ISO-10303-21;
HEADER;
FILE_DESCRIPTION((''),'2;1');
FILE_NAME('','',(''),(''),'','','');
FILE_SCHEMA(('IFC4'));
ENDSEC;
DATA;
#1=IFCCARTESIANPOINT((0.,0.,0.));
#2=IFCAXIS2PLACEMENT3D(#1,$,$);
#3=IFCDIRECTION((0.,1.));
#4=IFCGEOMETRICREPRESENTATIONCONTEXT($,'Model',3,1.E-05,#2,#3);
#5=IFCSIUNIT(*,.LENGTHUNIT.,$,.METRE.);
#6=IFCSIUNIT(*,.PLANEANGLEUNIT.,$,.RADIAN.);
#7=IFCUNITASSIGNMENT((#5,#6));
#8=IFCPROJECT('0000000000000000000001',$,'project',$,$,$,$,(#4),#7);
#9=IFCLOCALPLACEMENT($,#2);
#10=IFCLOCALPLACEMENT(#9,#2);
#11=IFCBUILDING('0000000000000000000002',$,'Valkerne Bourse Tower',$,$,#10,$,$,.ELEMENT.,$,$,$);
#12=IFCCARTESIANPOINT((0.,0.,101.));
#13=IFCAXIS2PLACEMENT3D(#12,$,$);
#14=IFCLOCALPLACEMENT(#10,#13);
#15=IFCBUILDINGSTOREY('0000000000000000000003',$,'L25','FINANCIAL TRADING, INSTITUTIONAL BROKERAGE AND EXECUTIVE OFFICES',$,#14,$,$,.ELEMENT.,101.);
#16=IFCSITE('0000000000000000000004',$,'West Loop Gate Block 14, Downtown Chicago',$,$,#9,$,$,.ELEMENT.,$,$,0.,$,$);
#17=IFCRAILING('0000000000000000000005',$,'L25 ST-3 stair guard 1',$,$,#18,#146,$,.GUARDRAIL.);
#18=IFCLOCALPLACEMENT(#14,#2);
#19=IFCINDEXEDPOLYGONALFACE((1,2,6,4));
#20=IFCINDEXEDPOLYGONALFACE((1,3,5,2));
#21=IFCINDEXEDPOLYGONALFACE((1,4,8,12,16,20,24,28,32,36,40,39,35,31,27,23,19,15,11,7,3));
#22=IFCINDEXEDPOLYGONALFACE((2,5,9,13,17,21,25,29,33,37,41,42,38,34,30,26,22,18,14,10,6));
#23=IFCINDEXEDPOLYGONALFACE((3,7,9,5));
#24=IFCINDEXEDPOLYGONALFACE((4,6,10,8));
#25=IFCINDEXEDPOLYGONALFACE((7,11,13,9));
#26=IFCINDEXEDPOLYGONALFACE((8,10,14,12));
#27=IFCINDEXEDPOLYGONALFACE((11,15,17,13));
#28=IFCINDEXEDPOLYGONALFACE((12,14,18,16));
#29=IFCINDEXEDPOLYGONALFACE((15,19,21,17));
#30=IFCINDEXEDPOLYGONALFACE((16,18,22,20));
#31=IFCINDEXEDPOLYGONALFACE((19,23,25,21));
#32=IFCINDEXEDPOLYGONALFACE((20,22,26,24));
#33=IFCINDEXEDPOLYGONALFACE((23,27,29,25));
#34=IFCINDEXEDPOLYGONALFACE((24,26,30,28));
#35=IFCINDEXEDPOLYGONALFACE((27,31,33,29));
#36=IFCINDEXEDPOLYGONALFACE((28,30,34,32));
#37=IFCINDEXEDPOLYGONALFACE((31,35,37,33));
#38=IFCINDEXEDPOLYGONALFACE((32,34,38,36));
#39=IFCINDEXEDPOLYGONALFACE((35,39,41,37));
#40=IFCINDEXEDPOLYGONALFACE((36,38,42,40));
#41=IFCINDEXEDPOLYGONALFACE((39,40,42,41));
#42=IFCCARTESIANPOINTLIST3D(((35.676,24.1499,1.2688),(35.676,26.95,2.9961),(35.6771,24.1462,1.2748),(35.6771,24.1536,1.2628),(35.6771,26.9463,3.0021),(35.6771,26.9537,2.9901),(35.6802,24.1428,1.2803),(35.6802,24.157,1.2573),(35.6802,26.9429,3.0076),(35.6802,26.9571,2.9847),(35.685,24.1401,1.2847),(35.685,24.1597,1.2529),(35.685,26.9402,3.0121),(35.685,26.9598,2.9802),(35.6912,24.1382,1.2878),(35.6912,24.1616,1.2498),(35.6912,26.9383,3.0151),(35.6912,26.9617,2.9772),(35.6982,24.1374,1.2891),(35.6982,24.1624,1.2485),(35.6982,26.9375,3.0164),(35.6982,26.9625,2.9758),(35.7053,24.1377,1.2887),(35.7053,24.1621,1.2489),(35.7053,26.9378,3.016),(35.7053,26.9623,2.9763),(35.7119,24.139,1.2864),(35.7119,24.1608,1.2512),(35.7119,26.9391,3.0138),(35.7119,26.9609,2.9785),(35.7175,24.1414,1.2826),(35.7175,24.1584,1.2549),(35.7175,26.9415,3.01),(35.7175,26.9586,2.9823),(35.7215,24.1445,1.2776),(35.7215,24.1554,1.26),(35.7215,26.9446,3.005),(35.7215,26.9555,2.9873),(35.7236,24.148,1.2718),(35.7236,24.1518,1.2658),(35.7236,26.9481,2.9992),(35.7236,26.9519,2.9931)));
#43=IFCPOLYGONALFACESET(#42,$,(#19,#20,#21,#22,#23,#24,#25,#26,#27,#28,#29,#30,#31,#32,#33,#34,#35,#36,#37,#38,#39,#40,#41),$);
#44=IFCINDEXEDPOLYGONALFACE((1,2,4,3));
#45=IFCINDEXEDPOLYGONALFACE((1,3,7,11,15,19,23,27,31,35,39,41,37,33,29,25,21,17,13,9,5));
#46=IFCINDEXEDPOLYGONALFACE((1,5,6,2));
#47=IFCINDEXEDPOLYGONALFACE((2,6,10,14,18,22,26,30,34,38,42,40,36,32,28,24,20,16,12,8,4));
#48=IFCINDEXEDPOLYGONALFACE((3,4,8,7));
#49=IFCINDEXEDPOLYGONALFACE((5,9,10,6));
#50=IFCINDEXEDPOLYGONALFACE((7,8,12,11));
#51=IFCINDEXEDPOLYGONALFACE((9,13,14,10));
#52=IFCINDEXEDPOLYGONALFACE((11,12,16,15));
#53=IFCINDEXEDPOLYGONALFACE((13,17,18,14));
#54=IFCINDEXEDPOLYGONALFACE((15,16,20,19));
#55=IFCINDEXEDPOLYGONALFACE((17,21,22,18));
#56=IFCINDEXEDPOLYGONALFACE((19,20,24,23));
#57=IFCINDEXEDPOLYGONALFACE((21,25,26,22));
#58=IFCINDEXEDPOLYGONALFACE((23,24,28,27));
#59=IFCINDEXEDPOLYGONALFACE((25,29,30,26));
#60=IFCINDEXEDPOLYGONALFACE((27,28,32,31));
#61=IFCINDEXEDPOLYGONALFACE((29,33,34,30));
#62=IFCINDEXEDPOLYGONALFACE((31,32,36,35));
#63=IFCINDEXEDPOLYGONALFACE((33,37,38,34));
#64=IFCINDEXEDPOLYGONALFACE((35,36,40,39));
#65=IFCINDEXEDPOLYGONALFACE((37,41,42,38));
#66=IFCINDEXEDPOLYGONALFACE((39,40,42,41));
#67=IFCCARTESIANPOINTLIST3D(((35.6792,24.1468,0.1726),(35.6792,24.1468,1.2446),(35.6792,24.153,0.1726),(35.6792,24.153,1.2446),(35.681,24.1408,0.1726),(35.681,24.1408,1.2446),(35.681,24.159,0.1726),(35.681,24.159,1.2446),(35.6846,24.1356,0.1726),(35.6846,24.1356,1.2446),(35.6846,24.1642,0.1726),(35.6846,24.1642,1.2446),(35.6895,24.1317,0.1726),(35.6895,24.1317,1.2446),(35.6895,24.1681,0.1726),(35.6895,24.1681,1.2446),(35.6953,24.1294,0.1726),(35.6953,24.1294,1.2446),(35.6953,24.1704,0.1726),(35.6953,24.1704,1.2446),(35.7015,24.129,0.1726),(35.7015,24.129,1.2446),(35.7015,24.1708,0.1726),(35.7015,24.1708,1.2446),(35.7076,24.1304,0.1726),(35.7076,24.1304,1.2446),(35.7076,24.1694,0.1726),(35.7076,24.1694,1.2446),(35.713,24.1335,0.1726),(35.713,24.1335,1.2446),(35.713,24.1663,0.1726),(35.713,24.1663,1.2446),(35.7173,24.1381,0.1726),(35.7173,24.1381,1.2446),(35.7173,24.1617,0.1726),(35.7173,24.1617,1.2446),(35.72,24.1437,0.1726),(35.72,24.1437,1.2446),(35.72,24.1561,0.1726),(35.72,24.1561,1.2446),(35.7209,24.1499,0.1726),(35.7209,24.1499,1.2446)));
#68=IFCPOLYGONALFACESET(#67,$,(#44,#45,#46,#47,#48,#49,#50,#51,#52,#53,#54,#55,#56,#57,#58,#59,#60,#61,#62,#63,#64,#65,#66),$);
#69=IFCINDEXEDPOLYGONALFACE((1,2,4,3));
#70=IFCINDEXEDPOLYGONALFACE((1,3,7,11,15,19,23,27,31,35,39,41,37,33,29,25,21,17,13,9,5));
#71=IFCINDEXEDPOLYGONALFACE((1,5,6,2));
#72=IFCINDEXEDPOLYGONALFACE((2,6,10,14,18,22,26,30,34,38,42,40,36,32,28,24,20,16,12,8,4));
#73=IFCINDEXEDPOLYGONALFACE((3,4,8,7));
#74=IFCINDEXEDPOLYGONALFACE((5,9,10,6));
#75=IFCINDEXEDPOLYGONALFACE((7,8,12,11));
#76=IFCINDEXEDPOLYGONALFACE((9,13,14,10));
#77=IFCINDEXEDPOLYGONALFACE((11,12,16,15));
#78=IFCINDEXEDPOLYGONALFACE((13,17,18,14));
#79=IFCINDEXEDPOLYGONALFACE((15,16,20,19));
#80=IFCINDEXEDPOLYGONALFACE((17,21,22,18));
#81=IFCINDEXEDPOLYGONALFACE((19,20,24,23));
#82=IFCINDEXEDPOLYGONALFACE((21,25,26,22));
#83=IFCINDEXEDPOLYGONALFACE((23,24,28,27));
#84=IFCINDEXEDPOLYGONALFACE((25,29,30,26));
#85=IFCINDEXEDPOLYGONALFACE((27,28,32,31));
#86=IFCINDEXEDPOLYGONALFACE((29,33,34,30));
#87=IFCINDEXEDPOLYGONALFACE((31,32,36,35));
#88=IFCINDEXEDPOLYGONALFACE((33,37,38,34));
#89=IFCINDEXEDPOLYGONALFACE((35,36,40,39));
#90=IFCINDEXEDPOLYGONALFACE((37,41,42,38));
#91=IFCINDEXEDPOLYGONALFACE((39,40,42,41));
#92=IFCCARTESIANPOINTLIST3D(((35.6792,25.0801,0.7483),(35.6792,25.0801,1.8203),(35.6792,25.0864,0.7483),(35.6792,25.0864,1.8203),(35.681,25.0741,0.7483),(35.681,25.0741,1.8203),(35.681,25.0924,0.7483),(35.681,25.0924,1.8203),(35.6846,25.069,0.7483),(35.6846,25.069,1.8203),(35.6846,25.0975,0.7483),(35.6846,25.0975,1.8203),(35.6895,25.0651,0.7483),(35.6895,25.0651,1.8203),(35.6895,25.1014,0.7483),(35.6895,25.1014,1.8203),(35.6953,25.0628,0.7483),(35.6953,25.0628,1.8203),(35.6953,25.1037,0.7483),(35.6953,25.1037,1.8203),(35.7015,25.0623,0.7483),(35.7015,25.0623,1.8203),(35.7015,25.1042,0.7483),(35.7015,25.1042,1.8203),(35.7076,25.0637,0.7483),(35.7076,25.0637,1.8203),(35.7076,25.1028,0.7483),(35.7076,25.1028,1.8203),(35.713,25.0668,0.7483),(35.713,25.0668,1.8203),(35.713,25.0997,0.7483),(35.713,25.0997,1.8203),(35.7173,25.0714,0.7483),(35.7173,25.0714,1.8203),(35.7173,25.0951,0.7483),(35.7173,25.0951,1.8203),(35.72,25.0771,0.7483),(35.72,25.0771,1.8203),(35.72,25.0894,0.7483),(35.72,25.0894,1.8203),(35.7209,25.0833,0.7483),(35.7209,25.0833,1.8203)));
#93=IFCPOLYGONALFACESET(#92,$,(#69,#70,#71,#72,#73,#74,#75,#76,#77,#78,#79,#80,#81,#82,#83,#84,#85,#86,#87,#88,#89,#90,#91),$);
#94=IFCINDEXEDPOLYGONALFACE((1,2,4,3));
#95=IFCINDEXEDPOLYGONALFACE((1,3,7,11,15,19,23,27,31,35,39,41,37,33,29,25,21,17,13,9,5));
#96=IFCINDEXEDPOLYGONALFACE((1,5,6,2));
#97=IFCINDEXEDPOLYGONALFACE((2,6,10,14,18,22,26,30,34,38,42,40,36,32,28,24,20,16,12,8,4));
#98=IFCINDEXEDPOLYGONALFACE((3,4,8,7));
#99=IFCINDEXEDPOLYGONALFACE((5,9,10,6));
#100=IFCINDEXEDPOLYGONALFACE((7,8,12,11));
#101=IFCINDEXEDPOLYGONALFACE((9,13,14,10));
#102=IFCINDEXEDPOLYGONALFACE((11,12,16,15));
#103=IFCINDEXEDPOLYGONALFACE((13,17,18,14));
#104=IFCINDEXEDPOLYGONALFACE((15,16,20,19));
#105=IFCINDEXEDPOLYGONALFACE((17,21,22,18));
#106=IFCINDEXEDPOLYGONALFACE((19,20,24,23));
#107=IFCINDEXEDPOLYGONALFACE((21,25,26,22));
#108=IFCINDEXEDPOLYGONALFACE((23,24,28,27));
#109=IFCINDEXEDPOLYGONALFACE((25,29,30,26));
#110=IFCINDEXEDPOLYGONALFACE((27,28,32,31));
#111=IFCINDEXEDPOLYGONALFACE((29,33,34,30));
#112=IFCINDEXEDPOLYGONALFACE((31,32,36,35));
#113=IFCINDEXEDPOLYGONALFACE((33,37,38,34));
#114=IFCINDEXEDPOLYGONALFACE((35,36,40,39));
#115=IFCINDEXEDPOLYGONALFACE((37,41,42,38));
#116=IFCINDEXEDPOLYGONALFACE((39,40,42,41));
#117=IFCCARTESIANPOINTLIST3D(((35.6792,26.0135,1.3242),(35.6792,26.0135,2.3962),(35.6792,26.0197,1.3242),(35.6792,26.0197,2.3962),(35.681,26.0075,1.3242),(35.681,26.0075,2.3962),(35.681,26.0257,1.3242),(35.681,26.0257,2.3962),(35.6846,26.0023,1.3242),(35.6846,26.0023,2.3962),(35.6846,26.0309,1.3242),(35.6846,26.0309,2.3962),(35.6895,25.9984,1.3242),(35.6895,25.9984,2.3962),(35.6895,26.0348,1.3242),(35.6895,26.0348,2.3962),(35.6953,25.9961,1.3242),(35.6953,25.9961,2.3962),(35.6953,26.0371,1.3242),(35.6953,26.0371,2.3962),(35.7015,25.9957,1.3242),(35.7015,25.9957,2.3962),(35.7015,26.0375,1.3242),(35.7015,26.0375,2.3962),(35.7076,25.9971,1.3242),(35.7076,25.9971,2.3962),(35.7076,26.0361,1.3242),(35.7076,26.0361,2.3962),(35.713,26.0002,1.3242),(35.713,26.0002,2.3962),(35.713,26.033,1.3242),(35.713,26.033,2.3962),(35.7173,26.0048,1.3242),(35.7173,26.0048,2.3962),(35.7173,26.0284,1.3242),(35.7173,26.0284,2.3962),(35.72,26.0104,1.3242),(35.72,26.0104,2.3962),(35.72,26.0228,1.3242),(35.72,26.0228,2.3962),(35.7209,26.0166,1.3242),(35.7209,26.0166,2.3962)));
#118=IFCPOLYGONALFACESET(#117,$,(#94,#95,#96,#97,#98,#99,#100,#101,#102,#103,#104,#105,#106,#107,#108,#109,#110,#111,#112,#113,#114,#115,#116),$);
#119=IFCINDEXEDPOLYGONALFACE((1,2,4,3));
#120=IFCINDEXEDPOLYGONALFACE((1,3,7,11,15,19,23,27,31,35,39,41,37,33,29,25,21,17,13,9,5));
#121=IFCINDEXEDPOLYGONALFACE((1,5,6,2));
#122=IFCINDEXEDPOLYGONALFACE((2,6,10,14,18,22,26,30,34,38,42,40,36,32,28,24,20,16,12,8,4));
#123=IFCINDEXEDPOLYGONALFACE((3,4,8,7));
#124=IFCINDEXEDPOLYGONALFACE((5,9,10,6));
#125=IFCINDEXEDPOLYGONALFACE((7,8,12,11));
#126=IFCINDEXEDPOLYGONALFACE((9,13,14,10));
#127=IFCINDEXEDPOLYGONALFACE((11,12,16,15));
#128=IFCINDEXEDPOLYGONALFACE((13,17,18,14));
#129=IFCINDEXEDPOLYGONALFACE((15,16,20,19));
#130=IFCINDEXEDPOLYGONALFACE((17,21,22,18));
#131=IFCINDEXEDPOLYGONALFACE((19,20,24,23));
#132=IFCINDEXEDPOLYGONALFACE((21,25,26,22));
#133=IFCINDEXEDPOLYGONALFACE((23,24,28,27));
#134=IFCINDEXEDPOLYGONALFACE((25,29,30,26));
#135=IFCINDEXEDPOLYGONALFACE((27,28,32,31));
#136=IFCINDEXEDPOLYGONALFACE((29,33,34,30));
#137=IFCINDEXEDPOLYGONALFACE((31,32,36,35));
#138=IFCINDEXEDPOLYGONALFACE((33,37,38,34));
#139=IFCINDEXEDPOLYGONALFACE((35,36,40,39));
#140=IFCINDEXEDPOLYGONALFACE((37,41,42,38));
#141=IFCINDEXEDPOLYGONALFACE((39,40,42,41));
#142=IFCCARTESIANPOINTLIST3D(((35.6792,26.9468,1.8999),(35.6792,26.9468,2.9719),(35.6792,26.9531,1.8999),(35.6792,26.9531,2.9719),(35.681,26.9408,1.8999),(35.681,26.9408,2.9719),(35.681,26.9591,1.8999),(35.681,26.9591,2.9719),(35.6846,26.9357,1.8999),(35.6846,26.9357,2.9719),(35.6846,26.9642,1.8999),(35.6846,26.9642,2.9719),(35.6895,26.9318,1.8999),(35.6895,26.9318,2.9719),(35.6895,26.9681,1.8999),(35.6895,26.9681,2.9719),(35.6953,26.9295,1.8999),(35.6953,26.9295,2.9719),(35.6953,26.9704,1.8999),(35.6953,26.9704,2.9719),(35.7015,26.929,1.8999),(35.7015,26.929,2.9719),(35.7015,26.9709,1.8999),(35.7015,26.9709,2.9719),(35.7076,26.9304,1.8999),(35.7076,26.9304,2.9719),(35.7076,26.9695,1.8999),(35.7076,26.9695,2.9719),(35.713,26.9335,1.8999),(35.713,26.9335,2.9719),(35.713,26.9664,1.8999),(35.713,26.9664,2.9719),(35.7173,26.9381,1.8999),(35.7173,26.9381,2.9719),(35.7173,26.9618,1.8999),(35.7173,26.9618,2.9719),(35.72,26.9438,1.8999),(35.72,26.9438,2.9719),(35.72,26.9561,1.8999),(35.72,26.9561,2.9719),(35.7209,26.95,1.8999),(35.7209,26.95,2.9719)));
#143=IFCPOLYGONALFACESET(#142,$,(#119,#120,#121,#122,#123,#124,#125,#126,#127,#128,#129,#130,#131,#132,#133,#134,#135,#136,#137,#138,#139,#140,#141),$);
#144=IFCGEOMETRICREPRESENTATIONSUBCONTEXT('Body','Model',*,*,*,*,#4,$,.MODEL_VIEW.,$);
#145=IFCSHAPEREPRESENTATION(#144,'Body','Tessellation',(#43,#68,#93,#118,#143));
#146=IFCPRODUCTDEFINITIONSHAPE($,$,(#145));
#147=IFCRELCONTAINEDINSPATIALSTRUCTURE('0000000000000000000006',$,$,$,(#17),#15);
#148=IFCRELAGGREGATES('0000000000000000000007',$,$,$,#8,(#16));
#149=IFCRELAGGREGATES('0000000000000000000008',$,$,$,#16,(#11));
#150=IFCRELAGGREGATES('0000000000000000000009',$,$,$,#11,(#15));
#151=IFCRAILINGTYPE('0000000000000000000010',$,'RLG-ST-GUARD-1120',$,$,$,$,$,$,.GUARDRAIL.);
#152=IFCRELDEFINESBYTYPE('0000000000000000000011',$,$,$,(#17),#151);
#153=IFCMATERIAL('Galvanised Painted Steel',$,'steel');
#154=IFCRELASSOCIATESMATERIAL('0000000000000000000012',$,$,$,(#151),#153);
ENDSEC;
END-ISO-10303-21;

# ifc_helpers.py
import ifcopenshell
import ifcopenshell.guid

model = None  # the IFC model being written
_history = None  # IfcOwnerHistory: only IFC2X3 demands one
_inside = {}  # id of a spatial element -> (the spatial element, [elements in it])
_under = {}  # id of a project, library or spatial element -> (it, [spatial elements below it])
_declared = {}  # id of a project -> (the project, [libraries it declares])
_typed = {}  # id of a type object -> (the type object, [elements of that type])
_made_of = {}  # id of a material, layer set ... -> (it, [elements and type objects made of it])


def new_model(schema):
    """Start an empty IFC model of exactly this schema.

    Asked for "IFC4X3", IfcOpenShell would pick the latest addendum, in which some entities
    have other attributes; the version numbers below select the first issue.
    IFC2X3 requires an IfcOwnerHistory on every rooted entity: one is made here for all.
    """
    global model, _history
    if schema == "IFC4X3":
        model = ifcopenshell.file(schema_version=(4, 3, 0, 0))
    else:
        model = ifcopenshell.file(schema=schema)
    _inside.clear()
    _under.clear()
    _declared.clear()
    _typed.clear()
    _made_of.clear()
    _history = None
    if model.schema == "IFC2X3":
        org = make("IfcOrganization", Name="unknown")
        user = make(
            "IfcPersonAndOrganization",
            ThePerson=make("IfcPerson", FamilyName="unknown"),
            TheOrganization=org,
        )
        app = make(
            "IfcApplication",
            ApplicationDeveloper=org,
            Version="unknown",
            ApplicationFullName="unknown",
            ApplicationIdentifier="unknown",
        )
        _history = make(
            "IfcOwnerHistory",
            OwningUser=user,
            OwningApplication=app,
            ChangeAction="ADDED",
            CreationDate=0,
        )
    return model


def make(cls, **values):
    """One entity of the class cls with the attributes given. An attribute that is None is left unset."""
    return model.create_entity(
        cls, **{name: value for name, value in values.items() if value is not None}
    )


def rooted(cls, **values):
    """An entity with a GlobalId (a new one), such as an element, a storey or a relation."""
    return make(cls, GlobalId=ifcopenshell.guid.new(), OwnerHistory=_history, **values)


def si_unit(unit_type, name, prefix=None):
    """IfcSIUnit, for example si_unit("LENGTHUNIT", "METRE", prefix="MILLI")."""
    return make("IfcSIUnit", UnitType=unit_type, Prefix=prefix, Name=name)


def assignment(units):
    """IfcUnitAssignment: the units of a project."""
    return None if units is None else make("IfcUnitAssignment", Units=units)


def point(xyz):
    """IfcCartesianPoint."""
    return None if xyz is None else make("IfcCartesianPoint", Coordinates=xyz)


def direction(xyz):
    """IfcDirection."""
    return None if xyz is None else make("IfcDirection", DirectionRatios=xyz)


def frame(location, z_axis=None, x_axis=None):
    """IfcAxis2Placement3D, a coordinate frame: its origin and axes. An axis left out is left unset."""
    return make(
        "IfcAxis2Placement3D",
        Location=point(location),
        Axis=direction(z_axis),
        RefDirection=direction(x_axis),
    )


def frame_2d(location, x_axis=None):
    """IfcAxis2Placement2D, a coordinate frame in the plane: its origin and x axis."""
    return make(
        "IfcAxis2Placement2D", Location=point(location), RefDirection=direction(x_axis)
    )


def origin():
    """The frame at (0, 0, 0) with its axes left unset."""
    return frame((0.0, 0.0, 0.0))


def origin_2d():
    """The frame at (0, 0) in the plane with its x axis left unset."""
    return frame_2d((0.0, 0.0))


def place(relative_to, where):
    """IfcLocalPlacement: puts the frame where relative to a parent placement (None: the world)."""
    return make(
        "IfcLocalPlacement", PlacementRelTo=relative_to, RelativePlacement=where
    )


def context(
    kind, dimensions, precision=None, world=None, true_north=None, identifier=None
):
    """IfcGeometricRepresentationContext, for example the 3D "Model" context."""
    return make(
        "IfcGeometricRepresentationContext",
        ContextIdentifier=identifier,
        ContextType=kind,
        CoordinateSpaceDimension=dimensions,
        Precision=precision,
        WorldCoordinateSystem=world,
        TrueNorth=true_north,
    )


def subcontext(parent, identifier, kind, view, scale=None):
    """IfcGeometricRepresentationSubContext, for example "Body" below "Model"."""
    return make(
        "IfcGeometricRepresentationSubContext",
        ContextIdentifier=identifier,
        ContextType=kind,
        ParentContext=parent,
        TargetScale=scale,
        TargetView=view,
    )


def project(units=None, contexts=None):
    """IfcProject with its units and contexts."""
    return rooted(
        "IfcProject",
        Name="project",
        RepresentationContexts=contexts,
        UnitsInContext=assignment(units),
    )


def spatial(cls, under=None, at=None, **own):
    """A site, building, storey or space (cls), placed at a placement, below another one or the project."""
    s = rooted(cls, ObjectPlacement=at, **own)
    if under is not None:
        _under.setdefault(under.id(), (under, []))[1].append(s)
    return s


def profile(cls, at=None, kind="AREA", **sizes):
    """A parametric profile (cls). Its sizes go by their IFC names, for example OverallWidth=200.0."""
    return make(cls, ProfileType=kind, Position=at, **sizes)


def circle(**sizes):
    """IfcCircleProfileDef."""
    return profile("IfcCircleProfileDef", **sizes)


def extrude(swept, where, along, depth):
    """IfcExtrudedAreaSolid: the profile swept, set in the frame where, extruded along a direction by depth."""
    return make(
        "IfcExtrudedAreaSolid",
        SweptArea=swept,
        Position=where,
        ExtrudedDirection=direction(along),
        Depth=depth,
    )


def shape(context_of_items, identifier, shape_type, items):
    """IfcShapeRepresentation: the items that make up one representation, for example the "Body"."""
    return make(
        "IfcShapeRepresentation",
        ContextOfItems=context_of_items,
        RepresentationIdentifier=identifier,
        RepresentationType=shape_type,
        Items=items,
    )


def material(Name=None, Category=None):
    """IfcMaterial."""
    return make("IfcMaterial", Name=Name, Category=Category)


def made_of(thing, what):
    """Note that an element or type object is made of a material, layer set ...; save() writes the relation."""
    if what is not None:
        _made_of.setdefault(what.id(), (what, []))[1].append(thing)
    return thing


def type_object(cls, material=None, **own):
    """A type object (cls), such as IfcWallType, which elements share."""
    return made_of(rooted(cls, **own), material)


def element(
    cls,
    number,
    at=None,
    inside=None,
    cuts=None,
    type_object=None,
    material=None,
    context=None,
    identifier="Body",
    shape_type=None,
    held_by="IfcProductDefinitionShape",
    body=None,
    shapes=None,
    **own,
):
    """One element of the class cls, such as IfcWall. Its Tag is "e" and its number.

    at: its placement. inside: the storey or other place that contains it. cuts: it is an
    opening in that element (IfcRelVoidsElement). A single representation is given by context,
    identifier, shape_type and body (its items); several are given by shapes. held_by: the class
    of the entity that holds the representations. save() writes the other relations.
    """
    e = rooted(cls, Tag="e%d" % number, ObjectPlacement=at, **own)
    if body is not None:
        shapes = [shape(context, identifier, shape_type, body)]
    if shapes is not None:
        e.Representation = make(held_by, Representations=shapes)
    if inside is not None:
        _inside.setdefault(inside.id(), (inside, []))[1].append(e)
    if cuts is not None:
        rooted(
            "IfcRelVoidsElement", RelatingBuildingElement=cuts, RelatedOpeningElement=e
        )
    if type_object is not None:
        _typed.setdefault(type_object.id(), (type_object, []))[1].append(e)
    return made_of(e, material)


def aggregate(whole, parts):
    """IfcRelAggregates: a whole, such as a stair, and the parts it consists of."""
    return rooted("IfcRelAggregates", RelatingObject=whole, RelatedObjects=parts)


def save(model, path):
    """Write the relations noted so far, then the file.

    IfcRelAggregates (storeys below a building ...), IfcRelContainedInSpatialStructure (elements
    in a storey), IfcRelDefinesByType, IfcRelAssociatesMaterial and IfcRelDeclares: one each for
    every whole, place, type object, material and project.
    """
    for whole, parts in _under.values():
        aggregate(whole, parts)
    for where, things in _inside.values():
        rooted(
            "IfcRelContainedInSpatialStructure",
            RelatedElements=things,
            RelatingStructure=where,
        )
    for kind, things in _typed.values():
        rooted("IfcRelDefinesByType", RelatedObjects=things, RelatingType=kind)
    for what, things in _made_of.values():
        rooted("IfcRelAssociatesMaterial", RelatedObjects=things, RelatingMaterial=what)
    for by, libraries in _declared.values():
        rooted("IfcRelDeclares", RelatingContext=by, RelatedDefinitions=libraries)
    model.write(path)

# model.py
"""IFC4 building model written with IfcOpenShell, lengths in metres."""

from ifc_helpers import new_model, si_unit, direction, frame, origin, origin_2d, place, context, subcontext, project, spatial, circle, extrude, material, type_object, element, save


model = new_model("IFC4")

# Units and contexts
model_context = context("Model", 3, precision=1e-05, world=origin(), true_north=direction((0.0, 1.0)))
body_context = subcontext(model_context, "Body", "Model", "MODEL_VIEW")
ifc_project = project(units=[si_unit("LENGTHUNIT", "METRE"), si_unit("PLANEANGLEUNIT", "RADIAN")], contexts=[model_context])

# Site, building, storey
site_placement = place(None, origin())
site = spatial("IfcSite", under=ifc_project, at=site_placement, Name="West Loop Gate Block 14, Downtown Chicago", CompositionType="ELEMENT", RefElevation=0.0)
building_placement = place(site_placement, origin())
building = spatial("IfcBuilding", under=site, at=building_placement, Name="Valkerne Bourse Tower", CompositionType="ELEMENT")
storey_placement = place(building_placement, frame((0.0, 0.0, 101.0)))
storey = spatial("IfcBuildingStorey", under=building, at=storey_placement, Name="L25", Description="FINANCIAL TRADING, INSTITUTIONAL BROKERAGE AND EXECUTIVE OFFICES", CompositionType="ELEMENT", Elevation=101.0)

# Shared definitions
ifc_material_1 = material(Name="Galvanised Painted Steel", Category="steel")

# Railing
railing_type_1 = type_object("IfcRailingType", Name="RLG-ST-GUARD-1120", PredefinedType="GUARDRAIL", material=ifc_material_1)
railing_1_placement = place(storey_placement, frame((35.7, 24.1499, 0.1726)))
element("IfcRailing", 1, at=railing_1_placement, inside=storey, type_object=railing_type_1, Name="L25 ST-3 stair guard 1", PredefinedType="GUARDRAIL", context=body_context, shape_type="SweptSolid", body=[
    extrude(circle(Radius=0.0239, at=origin_2d()), frame((0.0, 0.0, 1.0962), z_axis=(0.0, 0.85109, 0.52502), x_axis=(-1.0, 0.0, 0.0)), (0.0, 0.0, 1.0), 3.29),
    extrude(circle(Radius=0.021, at=origin_2d()), origin(), (0.0, 0.0, 1.0), 1.072),
    extrude(circle(Radius=0.021, at=origin_2d()), frame((0.0, 0.9333, 0.5757)), (0.0, 0.0, 1.0), 1.072),
    extrude(circle(Radius=0.021, at=origin_2d()), frame((0.0, 1.8667, 1.1516)), (0.0, 0.0, 1.0), 1.072),
    extrude(circle(Radius=0.021, at=origin_2d()), frame((0.0, 2.8, 1.7273)), (0.0, 0.0, 1.0), 1.072),
])

save(model, "model.ifc")
